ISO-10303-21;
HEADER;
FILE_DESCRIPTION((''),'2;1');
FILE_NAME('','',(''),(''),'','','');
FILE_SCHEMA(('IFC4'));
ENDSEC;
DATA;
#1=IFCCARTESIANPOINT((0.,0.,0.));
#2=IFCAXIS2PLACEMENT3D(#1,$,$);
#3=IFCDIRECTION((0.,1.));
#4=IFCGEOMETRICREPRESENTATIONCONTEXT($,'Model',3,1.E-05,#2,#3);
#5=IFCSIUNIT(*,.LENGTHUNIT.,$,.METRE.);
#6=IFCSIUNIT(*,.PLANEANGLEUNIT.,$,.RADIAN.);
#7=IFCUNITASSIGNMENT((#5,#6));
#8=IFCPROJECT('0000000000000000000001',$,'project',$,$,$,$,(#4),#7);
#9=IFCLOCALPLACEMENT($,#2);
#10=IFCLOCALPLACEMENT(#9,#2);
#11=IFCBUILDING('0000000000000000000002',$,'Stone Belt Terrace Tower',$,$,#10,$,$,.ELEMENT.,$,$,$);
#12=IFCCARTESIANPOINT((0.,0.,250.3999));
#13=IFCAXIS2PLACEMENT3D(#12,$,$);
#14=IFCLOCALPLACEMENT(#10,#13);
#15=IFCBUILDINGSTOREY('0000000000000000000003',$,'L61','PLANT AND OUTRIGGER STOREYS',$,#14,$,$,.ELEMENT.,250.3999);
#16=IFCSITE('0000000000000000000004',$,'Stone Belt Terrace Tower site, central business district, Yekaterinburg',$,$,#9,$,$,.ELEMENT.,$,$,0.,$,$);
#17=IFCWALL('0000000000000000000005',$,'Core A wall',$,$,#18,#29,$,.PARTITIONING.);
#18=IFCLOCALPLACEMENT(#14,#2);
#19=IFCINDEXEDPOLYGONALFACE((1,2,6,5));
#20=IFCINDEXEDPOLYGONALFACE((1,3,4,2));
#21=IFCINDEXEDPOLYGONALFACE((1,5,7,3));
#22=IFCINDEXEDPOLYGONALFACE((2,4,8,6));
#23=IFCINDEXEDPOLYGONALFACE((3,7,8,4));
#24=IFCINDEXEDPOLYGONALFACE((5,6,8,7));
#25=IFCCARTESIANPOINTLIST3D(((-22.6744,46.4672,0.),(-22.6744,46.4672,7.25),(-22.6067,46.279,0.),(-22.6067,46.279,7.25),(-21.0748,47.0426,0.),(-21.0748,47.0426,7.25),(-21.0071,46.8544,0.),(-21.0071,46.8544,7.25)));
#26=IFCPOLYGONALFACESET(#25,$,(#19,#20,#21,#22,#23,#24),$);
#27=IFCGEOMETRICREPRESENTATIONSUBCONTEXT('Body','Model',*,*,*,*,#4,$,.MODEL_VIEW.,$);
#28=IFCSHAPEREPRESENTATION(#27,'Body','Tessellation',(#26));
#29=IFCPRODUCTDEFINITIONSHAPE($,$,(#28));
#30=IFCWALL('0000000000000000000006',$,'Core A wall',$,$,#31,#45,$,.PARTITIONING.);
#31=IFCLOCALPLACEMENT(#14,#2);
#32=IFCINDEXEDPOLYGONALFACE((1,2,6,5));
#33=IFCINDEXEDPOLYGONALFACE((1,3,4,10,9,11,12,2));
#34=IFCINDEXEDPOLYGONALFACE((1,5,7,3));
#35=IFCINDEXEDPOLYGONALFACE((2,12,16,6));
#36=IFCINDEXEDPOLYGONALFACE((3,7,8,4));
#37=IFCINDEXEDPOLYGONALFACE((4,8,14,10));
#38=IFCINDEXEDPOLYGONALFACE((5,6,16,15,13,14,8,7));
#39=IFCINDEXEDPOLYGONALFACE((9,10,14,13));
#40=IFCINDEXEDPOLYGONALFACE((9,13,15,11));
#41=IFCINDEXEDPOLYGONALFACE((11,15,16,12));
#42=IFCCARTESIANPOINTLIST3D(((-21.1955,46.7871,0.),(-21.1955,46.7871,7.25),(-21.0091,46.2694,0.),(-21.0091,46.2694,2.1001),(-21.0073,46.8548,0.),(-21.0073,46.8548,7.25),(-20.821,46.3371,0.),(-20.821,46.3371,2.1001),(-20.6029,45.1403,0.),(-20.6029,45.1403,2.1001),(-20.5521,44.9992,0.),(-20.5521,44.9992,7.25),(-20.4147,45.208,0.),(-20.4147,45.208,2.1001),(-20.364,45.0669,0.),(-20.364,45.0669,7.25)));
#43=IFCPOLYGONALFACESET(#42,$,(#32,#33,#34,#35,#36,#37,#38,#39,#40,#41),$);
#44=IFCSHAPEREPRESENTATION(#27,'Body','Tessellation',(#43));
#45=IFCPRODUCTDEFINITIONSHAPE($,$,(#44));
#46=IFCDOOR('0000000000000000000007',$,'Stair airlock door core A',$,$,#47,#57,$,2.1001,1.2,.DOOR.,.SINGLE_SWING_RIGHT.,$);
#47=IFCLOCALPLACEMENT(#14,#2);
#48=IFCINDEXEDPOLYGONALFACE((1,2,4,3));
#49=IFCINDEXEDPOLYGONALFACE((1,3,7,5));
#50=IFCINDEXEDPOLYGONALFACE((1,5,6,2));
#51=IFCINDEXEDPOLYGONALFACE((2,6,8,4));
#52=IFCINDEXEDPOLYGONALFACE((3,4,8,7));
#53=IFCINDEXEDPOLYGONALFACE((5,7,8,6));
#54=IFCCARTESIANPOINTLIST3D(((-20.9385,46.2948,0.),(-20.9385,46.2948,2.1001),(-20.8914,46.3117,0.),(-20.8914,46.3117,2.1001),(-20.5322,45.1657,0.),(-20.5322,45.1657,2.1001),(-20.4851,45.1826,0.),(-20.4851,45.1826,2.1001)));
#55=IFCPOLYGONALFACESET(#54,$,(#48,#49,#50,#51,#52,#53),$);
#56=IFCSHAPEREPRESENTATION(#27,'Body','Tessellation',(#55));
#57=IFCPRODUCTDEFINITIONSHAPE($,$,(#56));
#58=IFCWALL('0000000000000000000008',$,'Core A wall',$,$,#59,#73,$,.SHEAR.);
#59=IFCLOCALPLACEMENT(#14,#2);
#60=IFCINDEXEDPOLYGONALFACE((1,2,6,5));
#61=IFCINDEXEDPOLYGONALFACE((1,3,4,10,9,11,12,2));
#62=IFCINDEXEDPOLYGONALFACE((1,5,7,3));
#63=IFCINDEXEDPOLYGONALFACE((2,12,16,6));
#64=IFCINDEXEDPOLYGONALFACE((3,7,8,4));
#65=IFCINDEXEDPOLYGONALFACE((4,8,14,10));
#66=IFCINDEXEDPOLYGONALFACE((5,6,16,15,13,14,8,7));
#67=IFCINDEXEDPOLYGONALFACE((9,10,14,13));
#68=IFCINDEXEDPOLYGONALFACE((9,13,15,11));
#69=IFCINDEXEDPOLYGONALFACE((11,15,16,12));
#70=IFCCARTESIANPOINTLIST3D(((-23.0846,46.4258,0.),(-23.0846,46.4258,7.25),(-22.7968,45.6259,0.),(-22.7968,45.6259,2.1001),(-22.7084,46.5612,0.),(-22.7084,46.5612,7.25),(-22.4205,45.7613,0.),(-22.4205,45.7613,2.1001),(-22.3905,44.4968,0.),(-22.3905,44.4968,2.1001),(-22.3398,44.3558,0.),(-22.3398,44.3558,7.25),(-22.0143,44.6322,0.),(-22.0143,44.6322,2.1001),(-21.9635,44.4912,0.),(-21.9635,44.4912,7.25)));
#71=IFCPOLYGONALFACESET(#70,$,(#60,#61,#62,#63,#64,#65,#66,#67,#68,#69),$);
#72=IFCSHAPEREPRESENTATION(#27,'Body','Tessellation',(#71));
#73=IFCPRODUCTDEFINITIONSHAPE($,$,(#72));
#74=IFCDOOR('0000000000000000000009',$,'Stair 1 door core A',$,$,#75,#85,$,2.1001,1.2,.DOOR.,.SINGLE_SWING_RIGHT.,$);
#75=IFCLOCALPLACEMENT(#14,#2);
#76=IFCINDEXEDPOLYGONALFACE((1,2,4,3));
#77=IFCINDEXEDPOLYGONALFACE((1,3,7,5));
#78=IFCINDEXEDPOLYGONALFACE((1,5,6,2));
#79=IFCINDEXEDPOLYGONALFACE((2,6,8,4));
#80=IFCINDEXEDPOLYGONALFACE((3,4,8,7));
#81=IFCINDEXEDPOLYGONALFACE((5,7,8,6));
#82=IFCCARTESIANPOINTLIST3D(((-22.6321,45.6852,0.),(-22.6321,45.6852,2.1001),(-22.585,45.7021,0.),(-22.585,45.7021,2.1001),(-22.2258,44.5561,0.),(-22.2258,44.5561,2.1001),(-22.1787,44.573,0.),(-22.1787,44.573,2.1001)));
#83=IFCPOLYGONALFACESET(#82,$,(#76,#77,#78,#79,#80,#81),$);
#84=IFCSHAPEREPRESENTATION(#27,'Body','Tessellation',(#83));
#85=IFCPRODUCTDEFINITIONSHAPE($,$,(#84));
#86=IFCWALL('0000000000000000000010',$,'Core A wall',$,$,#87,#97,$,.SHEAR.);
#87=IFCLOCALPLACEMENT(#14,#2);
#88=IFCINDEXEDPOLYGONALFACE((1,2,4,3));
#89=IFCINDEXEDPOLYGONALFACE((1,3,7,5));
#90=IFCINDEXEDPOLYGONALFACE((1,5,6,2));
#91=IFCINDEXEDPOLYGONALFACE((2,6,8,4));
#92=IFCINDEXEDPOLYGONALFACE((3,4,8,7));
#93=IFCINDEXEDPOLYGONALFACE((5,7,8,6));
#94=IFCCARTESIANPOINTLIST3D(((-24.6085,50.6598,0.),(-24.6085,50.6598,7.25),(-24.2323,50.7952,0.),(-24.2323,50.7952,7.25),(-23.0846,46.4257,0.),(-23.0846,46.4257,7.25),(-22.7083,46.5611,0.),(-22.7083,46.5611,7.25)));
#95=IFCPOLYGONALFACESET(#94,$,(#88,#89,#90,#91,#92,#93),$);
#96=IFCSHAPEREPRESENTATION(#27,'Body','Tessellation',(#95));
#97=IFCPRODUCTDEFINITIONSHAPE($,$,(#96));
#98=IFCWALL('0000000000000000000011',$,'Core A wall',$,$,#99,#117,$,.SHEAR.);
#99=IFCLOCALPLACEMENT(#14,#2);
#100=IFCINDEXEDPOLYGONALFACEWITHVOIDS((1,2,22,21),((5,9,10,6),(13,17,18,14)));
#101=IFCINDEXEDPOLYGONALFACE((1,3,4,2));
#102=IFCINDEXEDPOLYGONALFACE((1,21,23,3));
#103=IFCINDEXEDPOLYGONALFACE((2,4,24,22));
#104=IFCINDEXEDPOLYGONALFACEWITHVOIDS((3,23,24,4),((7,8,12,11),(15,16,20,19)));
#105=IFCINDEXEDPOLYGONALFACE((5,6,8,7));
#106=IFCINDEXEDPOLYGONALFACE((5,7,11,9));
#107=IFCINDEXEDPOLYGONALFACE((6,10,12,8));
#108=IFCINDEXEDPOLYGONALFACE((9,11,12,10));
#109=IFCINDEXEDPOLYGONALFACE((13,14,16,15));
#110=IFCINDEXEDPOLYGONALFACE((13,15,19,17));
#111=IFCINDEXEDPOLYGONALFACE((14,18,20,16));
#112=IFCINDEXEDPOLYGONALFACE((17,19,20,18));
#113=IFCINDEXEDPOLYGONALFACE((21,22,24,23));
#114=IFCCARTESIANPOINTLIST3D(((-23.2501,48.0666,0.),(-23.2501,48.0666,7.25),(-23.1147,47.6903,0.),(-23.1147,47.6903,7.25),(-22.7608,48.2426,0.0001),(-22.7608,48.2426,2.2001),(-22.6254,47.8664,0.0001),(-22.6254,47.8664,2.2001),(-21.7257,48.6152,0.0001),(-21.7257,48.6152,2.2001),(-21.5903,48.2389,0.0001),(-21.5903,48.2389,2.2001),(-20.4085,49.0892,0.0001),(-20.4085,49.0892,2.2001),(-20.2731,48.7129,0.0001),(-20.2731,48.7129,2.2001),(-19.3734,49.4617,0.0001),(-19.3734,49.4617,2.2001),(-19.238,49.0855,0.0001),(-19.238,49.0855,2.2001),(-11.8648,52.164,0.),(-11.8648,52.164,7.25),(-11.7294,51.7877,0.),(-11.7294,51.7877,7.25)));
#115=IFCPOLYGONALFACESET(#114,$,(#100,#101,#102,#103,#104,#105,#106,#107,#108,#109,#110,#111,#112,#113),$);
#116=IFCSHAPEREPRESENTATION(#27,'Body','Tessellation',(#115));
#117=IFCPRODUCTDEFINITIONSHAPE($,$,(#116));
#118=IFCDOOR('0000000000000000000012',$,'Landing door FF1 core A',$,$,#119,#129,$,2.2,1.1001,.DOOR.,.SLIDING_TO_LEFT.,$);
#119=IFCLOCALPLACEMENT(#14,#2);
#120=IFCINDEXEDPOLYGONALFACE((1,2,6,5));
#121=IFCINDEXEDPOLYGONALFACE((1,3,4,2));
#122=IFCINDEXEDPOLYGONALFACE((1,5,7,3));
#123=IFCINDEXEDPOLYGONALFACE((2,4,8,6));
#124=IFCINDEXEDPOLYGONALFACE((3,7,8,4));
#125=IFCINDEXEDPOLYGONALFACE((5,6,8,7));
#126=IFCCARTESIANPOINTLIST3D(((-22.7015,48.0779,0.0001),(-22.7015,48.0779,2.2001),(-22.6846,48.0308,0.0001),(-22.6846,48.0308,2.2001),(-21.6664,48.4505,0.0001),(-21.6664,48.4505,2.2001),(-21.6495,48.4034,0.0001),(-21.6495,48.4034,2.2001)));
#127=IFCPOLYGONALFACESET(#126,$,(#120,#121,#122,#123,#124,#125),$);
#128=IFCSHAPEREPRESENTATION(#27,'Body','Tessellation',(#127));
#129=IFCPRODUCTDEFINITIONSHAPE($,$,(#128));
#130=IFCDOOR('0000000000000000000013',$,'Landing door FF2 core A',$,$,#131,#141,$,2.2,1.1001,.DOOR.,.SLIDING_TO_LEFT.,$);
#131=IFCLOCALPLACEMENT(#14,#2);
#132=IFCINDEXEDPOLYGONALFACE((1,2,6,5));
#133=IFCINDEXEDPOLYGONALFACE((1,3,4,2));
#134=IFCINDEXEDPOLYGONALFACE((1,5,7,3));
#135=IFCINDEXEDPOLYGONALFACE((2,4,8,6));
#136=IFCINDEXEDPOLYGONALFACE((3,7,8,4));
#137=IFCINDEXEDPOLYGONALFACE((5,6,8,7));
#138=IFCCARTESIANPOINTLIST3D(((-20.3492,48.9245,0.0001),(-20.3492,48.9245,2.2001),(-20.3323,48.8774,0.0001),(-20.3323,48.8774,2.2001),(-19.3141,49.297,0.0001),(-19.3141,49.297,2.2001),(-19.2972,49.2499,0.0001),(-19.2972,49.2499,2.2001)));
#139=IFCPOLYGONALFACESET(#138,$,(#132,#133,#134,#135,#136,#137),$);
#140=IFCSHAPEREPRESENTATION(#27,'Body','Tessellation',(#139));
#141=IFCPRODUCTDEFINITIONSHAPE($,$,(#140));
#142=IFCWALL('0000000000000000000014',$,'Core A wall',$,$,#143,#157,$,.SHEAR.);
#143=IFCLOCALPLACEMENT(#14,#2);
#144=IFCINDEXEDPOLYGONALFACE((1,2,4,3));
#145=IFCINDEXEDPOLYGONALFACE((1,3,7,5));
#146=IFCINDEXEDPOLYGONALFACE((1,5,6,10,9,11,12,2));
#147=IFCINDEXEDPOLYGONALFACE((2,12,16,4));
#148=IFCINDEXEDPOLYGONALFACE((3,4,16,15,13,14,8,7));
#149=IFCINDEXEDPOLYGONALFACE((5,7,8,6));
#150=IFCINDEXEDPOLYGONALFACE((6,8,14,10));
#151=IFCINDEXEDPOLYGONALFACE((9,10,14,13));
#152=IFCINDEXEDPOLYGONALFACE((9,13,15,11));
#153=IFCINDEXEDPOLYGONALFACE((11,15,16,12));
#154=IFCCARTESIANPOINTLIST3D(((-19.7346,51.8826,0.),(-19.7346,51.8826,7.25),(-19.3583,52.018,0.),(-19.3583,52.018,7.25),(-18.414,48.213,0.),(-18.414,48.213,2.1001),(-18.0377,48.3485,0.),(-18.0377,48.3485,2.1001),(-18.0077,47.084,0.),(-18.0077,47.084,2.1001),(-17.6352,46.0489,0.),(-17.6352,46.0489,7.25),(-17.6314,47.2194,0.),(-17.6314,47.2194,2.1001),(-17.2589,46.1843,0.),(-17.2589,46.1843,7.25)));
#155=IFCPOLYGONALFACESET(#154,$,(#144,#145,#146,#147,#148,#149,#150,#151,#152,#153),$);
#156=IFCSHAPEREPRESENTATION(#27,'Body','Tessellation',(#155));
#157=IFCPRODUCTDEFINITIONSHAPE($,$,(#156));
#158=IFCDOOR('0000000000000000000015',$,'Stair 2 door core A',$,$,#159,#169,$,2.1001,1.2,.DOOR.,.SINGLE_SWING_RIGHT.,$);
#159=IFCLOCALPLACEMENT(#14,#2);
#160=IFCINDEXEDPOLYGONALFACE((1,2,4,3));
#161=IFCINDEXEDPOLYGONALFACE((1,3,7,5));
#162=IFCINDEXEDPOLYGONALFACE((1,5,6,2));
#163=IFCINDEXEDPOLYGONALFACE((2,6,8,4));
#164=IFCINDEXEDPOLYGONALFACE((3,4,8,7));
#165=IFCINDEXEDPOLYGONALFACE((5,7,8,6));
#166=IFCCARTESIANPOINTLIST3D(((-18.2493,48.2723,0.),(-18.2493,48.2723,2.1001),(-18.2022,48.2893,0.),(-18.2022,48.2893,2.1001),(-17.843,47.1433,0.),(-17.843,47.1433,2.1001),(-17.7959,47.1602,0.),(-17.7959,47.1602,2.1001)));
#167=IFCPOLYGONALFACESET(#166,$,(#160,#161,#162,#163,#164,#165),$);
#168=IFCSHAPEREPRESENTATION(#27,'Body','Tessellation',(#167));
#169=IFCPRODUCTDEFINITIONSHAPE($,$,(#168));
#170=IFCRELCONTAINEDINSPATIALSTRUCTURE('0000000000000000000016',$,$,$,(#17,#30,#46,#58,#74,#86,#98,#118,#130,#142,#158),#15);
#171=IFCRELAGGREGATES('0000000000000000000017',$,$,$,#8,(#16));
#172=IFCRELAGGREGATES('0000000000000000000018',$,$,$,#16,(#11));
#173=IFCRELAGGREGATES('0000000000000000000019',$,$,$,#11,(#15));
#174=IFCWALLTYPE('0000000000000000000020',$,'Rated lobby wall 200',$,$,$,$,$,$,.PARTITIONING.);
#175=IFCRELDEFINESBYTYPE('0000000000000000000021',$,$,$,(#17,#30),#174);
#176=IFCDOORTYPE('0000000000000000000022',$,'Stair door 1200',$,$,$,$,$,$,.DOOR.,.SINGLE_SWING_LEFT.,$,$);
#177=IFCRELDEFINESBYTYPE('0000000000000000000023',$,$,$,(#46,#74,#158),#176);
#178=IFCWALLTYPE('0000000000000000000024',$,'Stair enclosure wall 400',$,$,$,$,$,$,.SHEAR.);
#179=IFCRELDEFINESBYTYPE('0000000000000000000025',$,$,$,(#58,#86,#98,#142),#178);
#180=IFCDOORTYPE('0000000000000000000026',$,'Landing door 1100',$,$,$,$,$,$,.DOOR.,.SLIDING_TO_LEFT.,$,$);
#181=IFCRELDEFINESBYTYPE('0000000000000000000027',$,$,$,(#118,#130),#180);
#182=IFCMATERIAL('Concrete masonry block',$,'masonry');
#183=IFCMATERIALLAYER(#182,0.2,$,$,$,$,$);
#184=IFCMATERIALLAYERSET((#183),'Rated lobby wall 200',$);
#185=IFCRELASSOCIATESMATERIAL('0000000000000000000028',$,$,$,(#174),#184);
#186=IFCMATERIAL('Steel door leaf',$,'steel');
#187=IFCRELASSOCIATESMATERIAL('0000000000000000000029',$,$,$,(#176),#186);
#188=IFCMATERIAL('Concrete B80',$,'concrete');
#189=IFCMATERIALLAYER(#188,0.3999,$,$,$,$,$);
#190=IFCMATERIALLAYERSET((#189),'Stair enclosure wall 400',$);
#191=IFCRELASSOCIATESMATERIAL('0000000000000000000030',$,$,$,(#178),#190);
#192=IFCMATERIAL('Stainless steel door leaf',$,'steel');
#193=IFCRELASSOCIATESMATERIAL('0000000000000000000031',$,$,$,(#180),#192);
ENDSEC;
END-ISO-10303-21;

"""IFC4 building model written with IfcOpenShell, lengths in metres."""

from ifc_helpers import new_model, si_unit, direction, frame, frame_2d, origin, place, context, subcontext, project, spatial, rectangle, extrude, material, layer, layer_set, type_object, element, fill, save


model = new_model("IFC4")

# Units and contexts
model_context = context("Model", 3, precision=1e-05, world=origin(), true_north=direction((0.0, 1.0)))
body_context = subcontext(model_context, "Body", "Model", "MODEL_VIEW")
ifc_project = project(units=[si_unit("LENGTHUNIT", "METRE"), si_unit("PLANEANGLEUNIT", "RADIAN")], contexts=[model_context])

# Site, building, storey
site_placement = place(None, origin())
site = spatial("IfcSite", under=ifc_project, at=site_placement, Name="Stone Belt Terrace Tower site, central business district, Yekaterinburg", CompositionType="ELEMENT", RefElevation=0.0)
building_placement = place(site_placement, origin())
building = spatial("IfcBuilding", under=site, at=building_placement, Name="Stone Belt Terrace Tower", CompositionType="ELEMENT")
storey_placement = place(building_placement, frame((0.0, 0.0, 250.3999)))
storey = spatial("IfcBuildingStorey", under=building, at=storey_placement, Name="L61", Description="PLANT AND OUTRIGGER STOREYS", CompositionType="ELEMENT", Elevation=250.3999)

# Wall
ifc_material_1 = material(Name="Concrete masonry block", Category="masonry")
ifc_layer_1 = layer(ifc_material_1, 0.2)
ifc_layer_set_1 = layer_set([ifc_layer_1], Name="Rated lobby wall 200")
wall_type_1 = type_object("IfcWallType", Name="Rated lobby wall 200", PredefinedType="PARTITIONING", material=ifc_layer_set_1)
wall_1_placement = place(storey_placement, frame((-22.6406, 46.373, 0.0), z_axis=(0.0, 0.0, 1.0), x_axis=(0.940966, 0.338501, 0.0)))
element("IfcWall", 1, at=wall_1_placement, inside=storey, type_object=wall_type_1, Name="Core A wall", PredefinedType="PARTITIONING", context=body_context, shape_type="SweptSolid", body=[
    extrude(rectangle(XDim=1.7, YDim=0.2, at=frame_2d((0.8501, 0.0))), origin(), (0.0, 0.0, 1.0), 7.25),
])

# Walls, openings, doors
wall_2_placement = place(storey_placement, frame((-20.458, 45.033, 0.0), z_axis=(0.0, 0.0, 1.0), x_axis=(-0.338574, 0.94094, 0.0)))
wall_2 = element("IfcWall", 2, at=wall_2_placement, inside=storey, type_object=wall_type_1, Name="Core A wall", PredefinedType="PARTITIONING", context=body_context, shape_type="SweptSolid", body=[
    extrude(rectangle(XDim=1.9001, YDim=0.2, at=frame_2d((0.9502, 0.0))), origin(), (0.0, 0.0, 1.0), 7.25),
])
opening_1_placement = place(wall_2_placement, frame((0.1499, 0.0, 0.0)))
opening_1 = element("IfcOpeningElement", 3, at=opening_1_placement, cuts=wall_2, PredefinedType="OPENING", context=body_context, shape_type="SweptSolid", body=[
    extrude(rectangle(XDim=1.2, YDim=2.1001, at=frame_2d((0.6001, 1.05))), frame((0.0, 0.1099, 0.0), z_axis=(0.0, -1.0, 0.0), x_axis=(1.0, 0.0, 0.0)), (0.0, 0.0, 1.0), 0.22),
])
ifc_material_2 = material(Name="Steel door leaf", Category="steel")
door_type_1 = type_object("IfcDoorType", Name="Stair door 1200", OperationType="SINGLE_SWING_LEFT", PredefinedType="DOOR", material=ifc_material_2)
door_1_placement = place(opening_1_placement, origin())
door_1 = element("IfcDoor", 4, at=door_1_placement, inside=storey, type_object=door_type_1, Name="Stair airlock door core A", OperationType="SINGLE_SWING_RIGHT", OverallHeight=2.1001, OverallWidth=1.2, PredefinedType="DOOR", context=body_context, shape_type="SweptSolid", body=[
    extrude(rectangle(XDim=1.2, YDim=2.1001, at=frame_2d((0.6001, 1.05))), frame((0.0, 0.0249, 0.0), z_axis=(0.0, -1.0, 0.0), x_axis=(1.0, 0.0, 0.0)), (0.0, 0.0, 1.0), 0.05),
])
fill(opening_1, door_1)
ifc_material_3 = material(Name="Concrete B80", Category="concrete")
ifc_layer_2 = layer(ifc_material_3, 0.3999)
ifc_layer_set_2 = layer_set([ifc_layer_2], Name="Stair enclosure wall 400")
wall_type_2 = type_object("IfcWallType", Name="Stair enclosure wall 400", PredefinedType="SHEAR", material=ifc_layer_set_2)
wall_3_placement = place(storey_placement, frame((-22.1516, 44.4233, 0.0), z_axis=(0.0, 0.0, 1.0), x_axis=(-0.338578, 0.940938, 0.0)))
wall_3 = element("IfcWall", 5, at=wall_3_placement, inside=storey, type_object=wall_type_2, Name="Core A wall", PredefinedType="SHEAR", context=body_context, shape_type="SweptSolid", body=[
    extrude(rectangle(XDim=2.2, YDim=0.3999, at=frame_2d((1.1001, 0.0))), origin(), (0.0, 0.0, 1.0), 7.25),
])
opening_2_placement = place(wall_3_placement, frame((0.1499, 0.0, 0.0)))
opening_2 = element("IfcOpeningElement", 6, at=opening_2_placement, cuts=wall_3, PredefinedType="OPENING", context=body_context, shape_type="SweptSolid", body=[
    extrude(rectangle(XDim=1.2, YDim=2.1001, at=frame_2d((0.6001, 1.05))), frame((0.0, 0.21, 0.0), z_axis=(0.0, -1.0, 0.0), x_axis=(1.0, 0.0, 0.0)), (0.0, 0.0, 1.0), 0.4199),
])
door_2_placement = place(opening_2_placement, origin())
door_2 = element("IfcDoor", 7, at=door_2_placement, inside=storey, type_object=door_type_1, Name="Stair 1 door core A", OperationType="SINGLE_SWING_RIGHT", OverallHeight=2.1001, OverallWidth=1.2, PredefinedType="DOOR", context=body_context, shape_type="SweptSolid", body=[
    extrude(rectangle(XDim=1.2, YDim=2.1001, at=frame_2d((0.6001, 1.05))), frame((0.0, 0.0249, 0.0), z_axis=(0.0, -1.0, 0.0), x_axis=(1.0, 0.0, 0.0)), (0.0, 0.0, 1.0), 0.05),
])
fill(opening_2, door_2)

# Wall
wall_4_placement = place(storey_placement, frame((-22.8965, 46.4934, 0.0), z_axis=(0.0, 0.0, 1.0), x_axis=(-0.338648, 0.940913, 0.0)))
element("IfcWall", 8, at=wall_4_placement, inside=storey, type_object=wall_type_2, Name="Core A wall", PredefinedType="SHEAR", context=body_context, shape_type="SweptSolid", body=[
    extrude(rectangle(XDim=4.5, YDim=0.3999, at=frame_2d((2.25, 0.0))), origin(), (0.0, 0.0, 1.0), 7.25),
])

# Wall, openings, doors
wall_5_placement = place(storey_placement, frame((-23.1824, 47.8784, 0.0), z_axis=(0.0, 0.0, 1.0), x_axis=(0.940921, 0.338626, 0.0)))
wall_5 = element("IfcWall", 9, at=wall_5_placement, inside=storey, type_object=wall_type_2, Name="Core A wall", PredefinedType="SHEAR", context=body_context, shape_type="SweptSolid", body=[
    extrude(rectangle(XDim=12.1001, YDim=0.3999, at=frame_2d((6.05, 0.0))), origin(), (0.0, 0.0, 1.0), 7.25),
])
opening_3_placement = place(wall_5_placement, frame((0.52, 0.0, 0.0)))
opening_3 = element("IfcOpeningElement", 10, at=opening_3_placement, cuts=wall_5, PredefinedType="OPENING", context=body_context, shape_type="SweptSolid", body=[
    extrude(rectangle(XDim=1.1001, YDim=2.2, at=frame_2d((0.55, 1.1001))), frame((0.0, 0.21, 0.0), z_axis=(0.0, -1.0, 0.0), x_axis=(1.0, 0.0, 0.0)), (0.0, 0.0, 1.0), 0.4199),
])
opening_4_placement = place(wall_5_placement, frame((3.02, 0.0, 0.0)))
opening_4 = element("IfcOpeningElement", 11, at=opening_4_placement, cuts=wall_5, PredefinedType="OPENING", context=body_context, shape_type="SweptSolid", body=[
    extrude(rectangle(XDim=1.1001, YDim=2.2, at=frame_2d((0.55, 1.1001))), frame((0.0, 0.21, 0.0), z_axis=(0.0, -1.0, 0.0), x_axis=(1.0, 0.0, 0.0)), (0.0, 0.0, 1.0), 0.4199),
])
ifc_material_4 = material(Name="Stainless steel door leaf", Category="steel")
door_type_2 = type_object("IfcDoorType", Name="Landing door 1100", OperationType="SLIDING_TO_LEFT", PredefinedType="DOOR", material=ifc_material_4)
door_3_placement = place(opening_3_placement, origin())
door_3 = element("IfcDoor", 12, at=door_3_placement, inside=storey, type_object=door_type_2, Name="Landing door FF1 core A", OperationType="SLIDING_TO_LEFT", OverallHeight=2.2, OverallWidth=1.1001, PredefinedType="DOOR", context=body_context, shape_type="SweptSolid", body=[
    extrude(rectangle(XDim=1.1001, YDim=2.2, at=frame_2d((0.55, 1.1001))), frame((0.0, 0.0249, 0.0), z_axis=(0.0, -1.0, 0.0), x_axis=(1.0, 0.0, 0.0)), (0.0, 0.0, 1.0), 0.05),
])
fill(opening_3, door_3)
door_4_placement = place(opening_4_placement, origin())
door_4 = element("IfcDoor", 13, at=door_4_placement, inside=storey, type_object=door_type_2, Name="Landing door FF2 core A", OperationType="SLIDING_TO_LEFT", OverallHeight=2.2, OverallWidth=1.1001, PredefinedType="DOOR", context=body_context, shape_type="SweptSolid", body=[
    extrude(rectangle(XDim=1.1001, YDim=2.2, at=frame_2d((0.55, 1.1001))), frame((0.0, 0.0249, 0.0), z_axis=(0.0, -1.0, 0.0), x_axis=(1.0, 0.0, 0.0)), (0.0, 0.0, 1.0), 0.05),
])
fill(opening_4, door_4)

# Wall, opening, door
wall_6_placement = place(storey_placement, frame((-17.447, 46.1165, 0.0), z_axis=(0.0, 0.0, 1.0), x_axis=(-0.338608, 0.940928, 0.0)))
wall_6 = element("IfcWall", 14, at=wall_6_placement, inside=storey, type_object=wall_type_2, Name="Core A wall", PredefinedType="SHEAR", context=body_context, shape_type="SweptSolid", body=[
    extrude(rectangle(XDim=6.2, YDim=0.3999, at=frame_2d((3.1001, 0.0))), origin(), (0.0, 0.0, 1.0), 7.25),
])
opening_5_placement = place(wall_6_placement, frame((1.1001, 0.0, 0.0)))
opening_5 = element("IfcOpeningElement", 15, at=opening_5_placement, cuts=wall_6, PredefinedType="OPENING", context=body_context, shape_type="SweptSolid", body=[
    extrude(rectangle(XDim=1.2, YDim=2.1001, at=frame_2d((0.6001, 1.05))), frame((0.0, 0.21, 0.0), z_axis=(0.0, -1.0, 0.0), x_axis=(1.0, 0.0, 0.0)), (0.0, 0.0, 1.0), 0.4199),
])
door_5_placement = place(opening_5_placement, origin())
door_5 = element("IfcDoor", 16, at=door_5_placement, inside=storey, type_object=door_type_1, Name="Stair 2 door core A", OperationType="SINGLE_SWING_RIGHT", OverallHeight=2.1001, OverallWidth=1.2, PredefinedType="DOOR", context=body_context, shape_type="SweptSolid", body=[
    extrude(rectangle(XDim=1.2, YDim=2.1001, at=frame_2d((0.6001, 1.05))), frame((0.0, 0.0249, 0.0), z_axis=(0.0, -1.0, 0.0), x_axis=(1.0, 0.0, 0.0)), (0.0, 0.0, 1.0), 0.05),
])
fill(opening_5, door_5)

save(model, "model.ifc")
